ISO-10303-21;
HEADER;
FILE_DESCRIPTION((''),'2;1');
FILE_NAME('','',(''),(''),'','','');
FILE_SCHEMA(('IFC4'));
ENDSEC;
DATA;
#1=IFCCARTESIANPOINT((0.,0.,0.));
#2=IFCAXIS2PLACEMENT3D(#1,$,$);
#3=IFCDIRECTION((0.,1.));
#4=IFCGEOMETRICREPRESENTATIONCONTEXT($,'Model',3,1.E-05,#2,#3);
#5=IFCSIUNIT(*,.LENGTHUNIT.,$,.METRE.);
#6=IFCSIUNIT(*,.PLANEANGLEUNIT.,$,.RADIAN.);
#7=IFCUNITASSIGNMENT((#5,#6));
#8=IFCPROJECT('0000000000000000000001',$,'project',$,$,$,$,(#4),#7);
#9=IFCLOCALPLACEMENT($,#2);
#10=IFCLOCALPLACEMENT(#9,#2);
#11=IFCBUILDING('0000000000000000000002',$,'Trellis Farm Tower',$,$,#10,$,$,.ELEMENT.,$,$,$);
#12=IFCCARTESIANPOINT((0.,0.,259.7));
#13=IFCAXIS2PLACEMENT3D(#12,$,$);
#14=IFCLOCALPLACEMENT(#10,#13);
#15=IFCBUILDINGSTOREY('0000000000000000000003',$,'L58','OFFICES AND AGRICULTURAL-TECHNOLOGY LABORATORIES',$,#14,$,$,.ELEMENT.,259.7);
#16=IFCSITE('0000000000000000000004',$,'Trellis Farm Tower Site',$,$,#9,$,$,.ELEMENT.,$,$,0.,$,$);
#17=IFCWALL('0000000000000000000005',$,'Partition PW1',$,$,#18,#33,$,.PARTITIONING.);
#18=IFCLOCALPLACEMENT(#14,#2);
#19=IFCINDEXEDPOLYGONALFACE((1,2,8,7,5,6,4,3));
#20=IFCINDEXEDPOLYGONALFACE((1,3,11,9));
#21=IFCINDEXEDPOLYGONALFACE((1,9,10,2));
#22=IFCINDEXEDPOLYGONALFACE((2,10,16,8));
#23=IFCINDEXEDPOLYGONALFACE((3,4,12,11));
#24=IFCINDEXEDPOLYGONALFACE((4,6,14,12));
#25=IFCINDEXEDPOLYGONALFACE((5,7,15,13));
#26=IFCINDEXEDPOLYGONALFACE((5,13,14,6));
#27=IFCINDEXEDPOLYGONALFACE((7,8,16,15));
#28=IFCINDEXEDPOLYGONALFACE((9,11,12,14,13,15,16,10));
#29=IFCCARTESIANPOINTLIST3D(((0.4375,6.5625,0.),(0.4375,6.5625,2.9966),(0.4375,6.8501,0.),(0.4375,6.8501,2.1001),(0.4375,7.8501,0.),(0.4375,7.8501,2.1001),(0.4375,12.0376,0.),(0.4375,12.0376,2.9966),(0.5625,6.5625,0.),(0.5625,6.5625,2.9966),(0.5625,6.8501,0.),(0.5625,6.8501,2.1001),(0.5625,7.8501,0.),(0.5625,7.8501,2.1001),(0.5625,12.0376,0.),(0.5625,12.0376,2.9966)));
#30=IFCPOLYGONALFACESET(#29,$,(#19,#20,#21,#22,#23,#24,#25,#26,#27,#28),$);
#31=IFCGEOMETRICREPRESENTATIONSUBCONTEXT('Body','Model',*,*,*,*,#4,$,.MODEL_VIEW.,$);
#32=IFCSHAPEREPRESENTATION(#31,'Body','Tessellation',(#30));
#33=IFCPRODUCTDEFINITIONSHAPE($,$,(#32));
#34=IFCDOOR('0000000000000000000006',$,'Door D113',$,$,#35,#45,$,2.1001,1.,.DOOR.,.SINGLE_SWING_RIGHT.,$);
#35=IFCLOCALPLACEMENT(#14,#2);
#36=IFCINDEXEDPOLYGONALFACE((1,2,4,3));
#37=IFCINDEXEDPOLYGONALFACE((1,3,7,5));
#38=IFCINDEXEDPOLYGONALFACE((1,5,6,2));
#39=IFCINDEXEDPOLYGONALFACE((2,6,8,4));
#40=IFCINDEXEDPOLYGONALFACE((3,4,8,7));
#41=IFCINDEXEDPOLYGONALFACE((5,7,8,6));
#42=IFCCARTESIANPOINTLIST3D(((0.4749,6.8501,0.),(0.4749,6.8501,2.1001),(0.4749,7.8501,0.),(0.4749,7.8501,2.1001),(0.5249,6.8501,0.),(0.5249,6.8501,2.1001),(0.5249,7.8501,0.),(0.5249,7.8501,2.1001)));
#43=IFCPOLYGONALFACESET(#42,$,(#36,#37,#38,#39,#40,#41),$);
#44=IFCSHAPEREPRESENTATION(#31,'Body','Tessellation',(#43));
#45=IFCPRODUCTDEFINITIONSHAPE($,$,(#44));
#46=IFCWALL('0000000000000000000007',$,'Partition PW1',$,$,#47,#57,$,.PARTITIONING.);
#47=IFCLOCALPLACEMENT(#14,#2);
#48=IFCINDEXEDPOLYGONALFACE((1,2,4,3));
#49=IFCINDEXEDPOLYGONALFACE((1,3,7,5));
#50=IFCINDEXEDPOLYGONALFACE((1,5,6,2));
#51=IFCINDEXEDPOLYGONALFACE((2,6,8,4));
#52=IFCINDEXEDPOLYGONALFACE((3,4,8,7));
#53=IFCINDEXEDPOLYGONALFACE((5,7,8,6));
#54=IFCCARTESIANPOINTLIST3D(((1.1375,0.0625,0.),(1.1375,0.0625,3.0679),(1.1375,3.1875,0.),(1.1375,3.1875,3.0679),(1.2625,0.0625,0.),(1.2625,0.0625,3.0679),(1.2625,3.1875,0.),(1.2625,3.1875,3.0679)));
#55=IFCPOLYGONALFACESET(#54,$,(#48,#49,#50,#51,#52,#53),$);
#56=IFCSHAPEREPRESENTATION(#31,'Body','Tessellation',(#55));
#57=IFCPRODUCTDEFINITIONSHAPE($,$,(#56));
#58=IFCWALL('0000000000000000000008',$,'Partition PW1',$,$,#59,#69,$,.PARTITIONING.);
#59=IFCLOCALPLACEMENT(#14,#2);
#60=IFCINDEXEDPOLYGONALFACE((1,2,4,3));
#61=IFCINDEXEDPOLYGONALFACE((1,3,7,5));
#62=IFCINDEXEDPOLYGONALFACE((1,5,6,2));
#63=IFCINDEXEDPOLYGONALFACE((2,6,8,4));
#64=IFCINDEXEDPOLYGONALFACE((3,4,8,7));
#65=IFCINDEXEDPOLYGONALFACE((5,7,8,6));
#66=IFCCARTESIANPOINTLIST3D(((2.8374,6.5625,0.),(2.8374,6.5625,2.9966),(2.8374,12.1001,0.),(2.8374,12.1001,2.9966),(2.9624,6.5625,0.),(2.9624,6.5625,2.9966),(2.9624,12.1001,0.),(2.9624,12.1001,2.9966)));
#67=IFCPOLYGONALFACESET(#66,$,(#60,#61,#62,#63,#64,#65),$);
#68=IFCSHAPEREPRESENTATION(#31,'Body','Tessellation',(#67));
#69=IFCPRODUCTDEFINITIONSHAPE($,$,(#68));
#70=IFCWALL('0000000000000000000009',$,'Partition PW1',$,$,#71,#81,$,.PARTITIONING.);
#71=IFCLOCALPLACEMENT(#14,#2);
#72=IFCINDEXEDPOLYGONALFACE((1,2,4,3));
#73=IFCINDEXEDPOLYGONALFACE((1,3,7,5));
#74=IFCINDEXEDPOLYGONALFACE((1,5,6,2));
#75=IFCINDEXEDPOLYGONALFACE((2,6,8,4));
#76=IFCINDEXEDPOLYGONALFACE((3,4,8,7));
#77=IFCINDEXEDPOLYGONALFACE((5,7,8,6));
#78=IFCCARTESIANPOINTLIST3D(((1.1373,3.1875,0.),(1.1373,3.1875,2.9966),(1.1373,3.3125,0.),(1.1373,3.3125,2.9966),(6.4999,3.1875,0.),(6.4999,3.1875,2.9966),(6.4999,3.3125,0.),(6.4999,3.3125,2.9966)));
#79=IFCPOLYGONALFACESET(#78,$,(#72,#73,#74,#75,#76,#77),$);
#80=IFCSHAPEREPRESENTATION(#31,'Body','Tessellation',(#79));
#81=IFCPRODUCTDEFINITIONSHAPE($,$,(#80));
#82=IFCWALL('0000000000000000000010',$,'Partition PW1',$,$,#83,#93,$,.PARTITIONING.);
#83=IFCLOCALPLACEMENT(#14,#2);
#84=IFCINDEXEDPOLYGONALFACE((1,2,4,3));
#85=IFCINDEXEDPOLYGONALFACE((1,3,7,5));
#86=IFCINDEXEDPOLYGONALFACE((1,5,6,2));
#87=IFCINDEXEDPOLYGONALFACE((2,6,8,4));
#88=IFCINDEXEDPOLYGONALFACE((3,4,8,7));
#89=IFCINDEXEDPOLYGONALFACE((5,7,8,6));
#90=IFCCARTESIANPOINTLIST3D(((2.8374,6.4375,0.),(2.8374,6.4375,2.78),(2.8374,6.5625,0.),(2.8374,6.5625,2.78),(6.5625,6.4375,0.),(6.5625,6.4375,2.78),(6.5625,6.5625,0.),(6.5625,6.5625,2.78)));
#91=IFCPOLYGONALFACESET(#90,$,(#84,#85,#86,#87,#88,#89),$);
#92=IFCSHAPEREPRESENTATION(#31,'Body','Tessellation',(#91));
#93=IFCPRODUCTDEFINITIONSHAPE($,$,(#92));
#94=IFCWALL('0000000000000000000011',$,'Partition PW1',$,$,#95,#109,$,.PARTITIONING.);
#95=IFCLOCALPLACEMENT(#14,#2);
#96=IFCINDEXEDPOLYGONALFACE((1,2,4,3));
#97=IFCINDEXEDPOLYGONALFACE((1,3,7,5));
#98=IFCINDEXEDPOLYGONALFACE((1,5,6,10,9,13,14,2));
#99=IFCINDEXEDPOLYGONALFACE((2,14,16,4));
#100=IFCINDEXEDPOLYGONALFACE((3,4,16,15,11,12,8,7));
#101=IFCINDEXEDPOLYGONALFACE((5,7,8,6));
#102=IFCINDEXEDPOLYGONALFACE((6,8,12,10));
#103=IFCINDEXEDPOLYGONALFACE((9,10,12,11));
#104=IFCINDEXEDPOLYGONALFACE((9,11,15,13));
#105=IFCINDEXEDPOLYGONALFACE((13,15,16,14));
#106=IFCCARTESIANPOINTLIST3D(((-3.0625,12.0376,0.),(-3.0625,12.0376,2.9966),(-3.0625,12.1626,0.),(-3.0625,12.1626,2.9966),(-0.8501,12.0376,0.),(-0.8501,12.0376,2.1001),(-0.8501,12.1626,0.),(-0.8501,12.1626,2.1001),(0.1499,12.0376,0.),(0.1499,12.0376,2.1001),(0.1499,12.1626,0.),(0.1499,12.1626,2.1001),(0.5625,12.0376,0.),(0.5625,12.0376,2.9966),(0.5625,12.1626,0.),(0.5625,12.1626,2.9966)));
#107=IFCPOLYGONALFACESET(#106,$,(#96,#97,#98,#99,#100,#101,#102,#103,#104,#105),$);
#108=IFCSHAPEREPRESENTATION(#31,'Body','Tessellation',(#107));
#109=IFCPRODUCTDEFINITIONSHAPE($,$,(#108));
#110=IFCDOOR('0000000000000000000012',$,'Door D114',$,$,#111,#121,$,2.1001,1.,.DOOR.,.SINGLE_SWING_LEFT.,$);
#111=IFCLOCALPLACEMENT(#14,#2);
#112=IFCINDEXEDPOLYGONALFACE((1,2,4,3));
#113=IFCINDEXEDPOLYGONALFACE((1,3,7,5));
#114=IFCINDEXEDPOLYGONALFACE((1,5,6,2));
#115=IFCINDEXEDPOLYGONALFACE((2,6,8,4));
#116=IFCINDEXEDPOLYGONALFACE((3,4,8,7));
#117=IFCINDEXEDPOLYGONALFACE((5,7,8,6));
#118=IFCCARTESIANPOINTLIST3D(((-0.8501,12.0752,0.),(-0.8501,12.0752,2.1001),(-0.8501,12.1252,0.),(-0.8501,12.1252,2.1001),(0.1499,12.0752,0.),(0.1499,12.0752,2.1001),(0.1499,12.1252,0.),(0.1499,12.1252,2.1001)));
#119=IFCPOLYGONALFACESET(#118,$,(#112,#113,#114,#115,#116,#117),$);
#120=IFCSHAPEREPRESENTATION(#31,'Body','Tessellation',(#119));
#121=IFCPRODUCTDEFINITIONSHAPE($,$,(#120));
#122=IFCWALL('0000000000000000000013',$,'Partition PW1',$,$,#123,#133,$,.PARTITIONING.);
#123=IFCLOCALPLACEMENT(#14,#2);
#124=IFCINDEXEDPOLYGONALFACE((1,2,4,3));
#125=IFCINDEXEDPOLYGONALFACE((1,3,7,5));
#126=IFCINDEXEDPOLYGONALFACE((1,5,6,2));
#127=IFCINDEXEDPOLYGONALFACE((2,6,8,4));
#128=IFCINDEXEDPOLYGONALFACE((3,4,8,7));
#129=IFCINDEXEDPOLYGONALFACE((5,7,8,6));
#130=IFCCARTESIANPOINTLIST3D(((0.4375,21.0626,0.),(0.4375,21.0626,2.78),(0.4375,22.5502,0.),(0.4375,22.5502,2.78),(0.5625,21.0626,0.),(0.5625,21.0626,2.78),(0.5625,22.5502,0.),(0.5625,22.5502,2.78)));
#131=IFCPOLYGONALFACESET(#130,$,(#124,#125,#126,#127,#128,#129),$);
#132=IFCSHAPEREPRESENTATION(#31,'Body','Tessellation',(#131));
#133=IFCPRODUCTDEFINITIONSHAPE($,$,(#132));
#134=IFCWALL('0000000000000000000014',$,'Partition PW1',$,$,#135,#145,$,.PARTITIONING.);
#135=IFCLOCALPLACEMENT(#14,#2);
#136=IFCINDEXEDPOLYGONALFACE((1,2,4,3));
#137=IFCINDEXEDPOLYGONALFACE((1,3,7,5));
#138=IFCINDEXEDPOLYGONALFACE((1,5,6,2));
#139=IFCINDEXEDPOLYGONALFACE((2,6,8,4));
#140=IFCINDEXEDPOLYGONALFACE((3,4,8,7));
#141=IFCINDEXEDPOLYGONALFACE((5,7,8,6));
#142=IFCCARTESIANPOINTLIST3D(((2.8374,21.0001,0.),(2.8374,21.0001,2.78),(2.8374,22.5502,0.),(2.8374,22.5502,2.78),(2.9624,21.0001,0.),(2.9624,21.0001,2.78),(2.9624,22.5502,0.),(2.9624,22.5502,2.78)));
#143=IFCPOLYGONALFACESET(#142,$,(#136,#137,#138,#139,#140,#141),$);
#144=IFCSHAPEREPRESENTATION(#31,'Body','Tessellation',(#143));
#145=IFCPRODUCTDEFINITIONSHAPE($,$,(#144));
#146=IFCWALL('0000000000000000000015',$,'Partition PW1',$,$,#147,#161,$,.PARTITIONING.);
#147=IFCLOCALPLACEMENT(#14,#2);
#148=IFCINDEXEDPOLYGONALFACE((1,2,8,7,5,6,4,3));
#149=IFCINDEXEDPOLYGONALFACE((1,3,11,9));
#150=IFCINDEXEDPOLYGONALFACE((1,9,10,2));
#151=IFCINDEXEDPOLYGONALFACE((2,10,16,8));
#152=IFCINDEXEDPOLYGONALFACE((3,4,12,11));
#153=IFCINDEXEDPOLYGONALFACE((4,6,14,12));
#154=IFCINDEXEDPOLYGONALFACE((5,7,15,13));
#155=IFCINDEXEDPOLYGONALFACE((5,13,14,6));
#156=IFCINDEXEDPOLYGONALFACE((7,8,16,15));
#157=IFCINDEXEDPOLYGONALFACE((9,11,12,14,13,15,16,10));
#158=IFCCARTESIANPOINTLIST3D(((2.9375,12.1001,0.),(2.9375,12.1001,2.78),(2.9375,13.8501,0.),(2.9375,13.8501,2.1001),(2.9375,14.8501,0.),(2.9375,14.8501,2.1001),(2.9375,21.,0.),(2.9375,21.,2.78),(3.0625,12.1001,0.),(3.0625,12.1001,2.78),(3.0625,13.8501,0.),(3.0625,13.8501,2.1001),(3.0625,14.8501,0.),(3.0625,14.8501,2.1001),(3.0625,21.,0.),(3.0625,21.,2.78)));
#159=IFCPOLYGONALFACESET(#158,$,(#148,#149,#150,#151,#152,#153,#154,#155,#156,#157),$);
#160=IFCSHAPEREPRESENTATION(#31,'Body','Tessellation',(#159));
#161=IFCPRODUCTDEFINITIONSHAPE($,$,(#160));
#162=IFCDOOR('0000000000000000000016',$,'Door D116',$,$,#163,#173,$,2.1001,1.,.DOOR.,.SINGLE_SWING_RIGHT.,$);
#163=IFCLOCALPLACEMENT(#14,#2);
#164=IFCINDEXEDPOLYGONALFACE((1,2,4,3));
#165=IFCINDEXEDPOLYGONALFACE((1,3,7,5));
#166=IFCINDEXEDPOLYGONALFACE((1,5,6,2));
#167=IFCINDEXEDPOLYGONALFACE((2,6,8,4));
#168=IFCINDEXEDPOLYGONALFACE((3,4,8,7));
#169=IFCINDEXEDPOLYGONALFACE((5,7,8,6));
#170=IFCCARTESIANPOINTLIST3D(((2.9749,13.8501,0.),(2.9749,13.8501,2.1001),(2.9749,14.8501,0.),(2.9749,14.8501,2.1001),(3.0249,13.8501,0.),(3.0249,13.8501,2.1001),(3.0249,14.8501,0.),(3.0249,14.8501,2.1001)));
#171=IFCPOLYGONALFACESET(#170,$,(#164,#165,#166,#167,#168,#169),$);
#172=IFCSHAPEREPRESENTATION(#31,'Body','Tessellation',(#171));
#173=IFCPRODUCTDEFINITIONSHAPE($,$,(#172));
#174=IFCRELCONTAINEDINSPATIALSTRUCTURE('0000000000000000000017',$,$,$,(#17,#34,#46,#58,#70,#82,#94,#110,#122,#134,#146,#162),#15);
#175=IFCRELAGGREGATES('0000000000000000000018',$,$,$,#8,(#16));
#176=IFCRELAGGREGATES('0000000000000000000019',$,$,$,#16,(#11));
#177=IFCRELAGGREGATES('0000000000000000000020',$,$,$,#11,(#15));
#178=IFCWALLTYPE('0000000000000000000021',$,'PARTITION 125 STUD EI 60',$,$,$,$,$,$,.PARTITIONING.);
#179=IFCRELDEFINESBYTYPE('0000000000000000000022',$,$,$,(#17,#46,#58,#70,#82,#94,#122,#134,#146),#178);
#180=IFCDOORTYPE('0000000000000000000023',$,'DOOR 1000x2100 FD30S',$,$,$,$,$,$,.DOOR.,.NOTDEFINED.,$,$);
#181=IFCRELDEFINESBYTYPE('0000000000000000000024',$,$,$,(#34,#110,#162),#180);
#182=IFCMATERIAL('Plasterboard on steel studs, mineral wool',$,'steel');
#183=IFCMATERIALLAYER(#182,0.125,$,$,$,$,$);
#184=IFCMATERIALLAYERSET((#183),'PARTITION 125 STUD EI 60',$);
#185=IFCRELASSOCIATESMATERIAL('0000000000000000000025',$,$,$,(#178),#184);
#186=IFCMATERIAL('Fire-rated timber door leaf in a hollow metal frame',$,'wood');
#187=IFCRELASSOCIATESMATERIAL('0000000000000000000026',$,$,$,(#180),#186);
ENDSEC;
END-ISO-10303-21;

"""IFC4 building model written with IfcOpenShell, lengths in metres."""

from ifc_helpers import new_model, si_unit, direction, frame, frame_2d, origin, place, context, subcontext, project, spatial, rectangle, extrude, source, transform, mapped, material, layer, layer_set, type_object, element, fill, save


model = new_model("IFC4")

# Units and contexts
model_context = context("Model", 3, precision=1e-05, world=origin(), true_north=direction((0.0, 1.0)))
body_context = subcontext(model_context, "Body", "Model", "MODEL_VIEW")
ifc_project = project(units=[si_unit("LENGTHUNIT", "METRE"), si_unit("PLANEANGLEUNIT", "RADIAN")], contexts=[model_context])

# Site, building, storey
site_placement = place(None, origin())
site = spatial("IfcSite", under=ifc_project, at=site_placement, Name="Trellis Farm Tower Site", CompositionType="ELEMENT", RefElevation=0.0)
building_placement = place(site_placement, origin())
building = spatial("IfcBuilding", under=site, at=building_placement, Name="Trellis Farm Tower", CompositionType="ELEMENT")
storey_placement = place(building_placement, frame((0.0, 0.0, 259.7)))
storey = spatial("IfcBuildingStorey", under=building, at=storey_placement, Name="L58", Description="OFFICES AND AGRICULTURAL-TECHNOLOGY LABORATORIES", CompositionType="ELEMENT", Elevation=259.7)

# Wall, opening, door
ifc_material_1 = material(Name="Plasterboard on steel studs, mineral wool", Category="steel")
ifc_layer_1 = layer(ifc_material_1, 0.125)
ifc_layer_set_1 = layer_set([ifc_layer_1], Name="PARTITION 125 STUD EI 60")
wall_type_1 = type_object("IfcWallType", Name="PARTITION 125 STUD EI 60", PredefinedType="PARTITIONING", material=ifc_layer_set_1)
shared_shape_1 = source(origin(), body_context, "Body", "SweptSolid", [
    extrude(rectangle(XDim=5.4751, YDim=0.125, at=frame_2d((2.7375, 0.0))), origin(), (0.0, 0.0, 1.0), 2.9966),
])
wall_1_placement = place(storey_placement, frame((0.5, 12.0376, 0.0), z_axis=(0.0, 0.0, 1.0), x_axis=(0.0, -1.0, 0.0)))
wall_1 = element("IfcWall", 1, at=wall_1_placement, inside=storey, type_object=wall_type_1, Name="Partition PW1", PredefinedType="PARTITIONING", context=body_context, shape_type="MappedRepresentation", body=[
    mapped(shared_shape_1, transform((0.0, 0.0, 0.0))),
])
shared_shape_2 = source(origin(), body_context, "Body", "SweptSolid", [
    extrude(rectangle(XDim=1.0, YDim=2.1001, at=frame_2d((0.5, 1.05))), frame((0.0, 0.0725, 0.0), z_axis=(0.0, -1.0, 0.0), x_axis=(1.0, 0.0, 0.0)), (0.0, 0.0, 1.0), 0.145),
])
opening_1_placement = place(wall_1_placement, frame((4.1875, 0.0, 0.0)))
opening_1 = element("IfcOpeningElement", 2, at=opening_1_placement, cuts=wall_1, PredefinedType="OPENING", context=body_context, shape_type="MappedRepresentation", body=[
    mapped(shared_shape_2, transform((0.0, 0.0, 0.0))),
])
ifc_material_2 = material(Name="Fire-rated timber door leaf in a hollow metal frame", Category="wood")
door_type = type_object("IfcDoorType", Name="DOOR 1000x2100 FD30S", OperationType="NOTDEFINED", PredefinedType="DOOR", material=ifc_material_2)
shared_shape_3 = source(origin(), body_context, "Body", "SweptSolid", [
    extrude(rectangle(XDim=1.0, YDim=2.1001, at=frame_2d((0.5, 1.05))), frame((0.0, 0.0249, 0.0), z_axis=(0.0, -1.0, 0.0), x_axis=(1.0, 0.0, 0.0)), (0.0, 0.0, 1.0), 0.05),
])
door_1_placement = place(opening_1_placement, origin())
door_1 = element("IfcDoor", 3, at=door_1_placement, inside=storey, type_object=door_type, Name="Door D113", OperationType="SINGLE_SWING_RIGHT", OverallHeight=2.1001, OverallWidth=1.0, PredefinedType="DOOR", context=body_context, shape_type="MappedRepresentation", body=[
    mapped(shared_shape_3, transform((0.0, 0.0, 0.0))),
])
fill(opening_1, door_1)

# Walls
shared_shape_4 = source(origin(), body_context, "Body", "SweptSolid", [
    extrude(rectangle(XDim=3.125, YDim=0.125, at=frame_2d((1.5625, 0.0))), origin(), (0.0, 0.0, 1.0), 3.0679),
])
wall_2_placement = place(storey_placement, frame((1.2, 3.1875, 0.0), z_axis=(0.0, 0.0, 1.0), x_axis=(0.0, -1.0, 0.0)))
element("IfcWall", 4, at=wall_2_placement, inside=storey, type_object=wall_type_1, Name="Partition PW1", PredefinedType="PARTITIONING", context=body_context, shape_type="MappedRepresentation", body=[
    mapped(shared_shape_4, transform((0.0, 0.0, 0.0))),
])
shared_shape_5 = source(origin(), body_context, "Body", "SweptSolid", [
    extrude(rectangle(XDim=5.5376, YDim=0.125, at=frame_2d((2.7688, 0.0))), origin(), (0.0, 0.0, 1.0), 2.9966),
])
wall_3_placement = place(storey_placement, frame((2.8999, 12.1001, 0.0), z_axis=(0.0, 0.0, 1.0), x_axis=(0.0, -1.0, 0.0)))
element("IfcWall", 5, at=wall_3_placement, inside=storey, type_object=wall_type_1, Name="Partition PW1", PredefinedType="PARTITIONING", context=body_context, shape_type="MappedRepresentation", body=[
    mapped(shared_shape_5, transform((0.0, 0.0, 0.0))),
])
shared_shape_6 = source(origin(), body_context, "Body", "SweptSolid", [
    extrude(rectangle(XDim=5.3625, YDim=0.125, at=frame_2d((2.6812, 0.0))), origin(), (0.0, 0.0, 1.0), 2.9966),
])
wall_4_placement = place(storey_placement, frame((1.1375, 3.25, 0.0), z_axis=(0.0, 0.0, 1.0), x_axis=(1.0, 0.0, 0.0)))
element("IfcWall", 6, at=wall_4_placement, inside=storey, type_object=wall_type_1, Name="Partition PW1", PredefinedType="PARTITIONING", context=body_context, shape_type="MappedRepresentation", body=[
    mapped(shared_shape_6, transform((0.0, 0.0, 0.0))),
])
shared_shape_7 = source(origin(), body_context, "Body", "SweptSolid", [
    extrude(rectangle(XDim=3.7251, YDim=0.125, at=frame_2d((1.8625, 0.0))), origin(), (0.0, 0.0, 1.0), 2.78),
])
wall_5_placement = place(storey_placement, frame((2.8374, 6.5, 0.0), z_axis=(0.0, 0.0, 1.0), x_axis=(1.0, 0.0, 0.0)))
element("IfcWall", 7, at=wall_5_placement, inside=storey, type_object=wall_type_1, Name="Partition PW1", PredefinedType="PARTITIONING", context=body_context, shape_type="MappedRepresentation", body=[
    mapped(shared_shape_7, transform((0.0, 0.0, 0.0))),
])

# Wall, opening, door
shared_shape_8 = source(origin(), body_context, "Body", "SweptSolid", [
    extrude(rectangle(XDim=3.625, YDim=0.125, at=frame_2d((1.8125, 0.0))), origin(), (0.0, 0.0, 1.0), 2.9966),
])
wall_6_placement = place(storey_placement, frame((0.5625, 12.1001, 0.0), z_axis=(0.0, 0.0, 1.0), x_axis=(-1.0, 0.0, 0.0)))
wall_6 = element("IfcWall", 8, at=wall_6_placement, inside=storey, type_object=wall_type_1, Name="Partition PW1", PredefinedType="PARTITIONING", context=body_context, shape_type="MappedRepresentation", body=[
    mapped(shared_shape_8, transform((0.0, 0.0, 0.0))),
])
opening_2_placement = place(wall_6_placement, frame((0.4126, 0.0, 0.0)))
opening_2 = element("IfcOpeningElement", 9, at=opening_2_placement, cuts=wall_6, PredefinedType="OPENING", context=body_context, shape_type="MappedRepresentation", body=[
    mapped(shared_shape_2, transform((0.0, 0.0, 0.0))),
])
door_2_placement = place(opening_2_placement, origin())
door_2 = element("IfcDoor", 10, at=door_2_placement, inside=storey, type_object=door_type, Name="Door D114", OperationType="SINGLE_SWING_LEFT", OverallHeight=2.1001, OverallWidth=1.0, PredefinedType="DOOR", context=body_context, shape_type="MappedRepresentation", body=[
    mapped(shared_shape_3, transform((0.0, 0.0, 0.0))),
])
fill(opening_2, door_2)

# Walls
shared_shape_9 = source(origin(), body_context, "Body", "SweptSolid", [
    extrude(rectangle(XDim=1.4875, YDim=0.125, at=frame_2d((0.7437, 0.0))), origin(), (0.0, 0.0, 1.0), 2.78),
])
wall_7_placement = place(storey_placement, frame((0.5, 22.55, 0.0), z_axis=(0.0, 0.0, 1.0), x_axis=(0.0, -1.0, 0.0)))
element("IfcWall", 11, at=wall_7_placement, inside=storey, type_object=wall_type_1, Name="Partition PW1", PredefinedType="PARTITIONING", context=body_context, shape_type="MappedRepresentation", body=[
    mapped(shared_shape_9, transform((0.0, 0.0, 0.0))),
])
shared_shape_10 = source(origin(), body_context, "Body", "SweptSolid", [
    extrude(rectangle(XDim=1.55, YDim=0.125, at=frame_2d((0.7749, 0.0))), origin(), (0.0, 0.0, 1.0), 2.78),
])
wall_8_placement = place(storey_placement, frame((2.8999, 22.55, 0.0), z_axis=(0.0, 0.0, 1.0), x_axis=(0.0, -1.0, 0.0)))
element("IfcWall", 12, at=wall_8_placement, inside=storey, type_object=wall_type_1, Name="Partition PW1", PredefinedType="PARTITIONING", context=body_context, shape_type="MappedRepresentation", body=[
    mapped(shared_shape_10, transform((0.0, 0.0, 0.0))),
])

# Wall, opening, door
shared_shape_11 = source(origin(), body_context, "Body", "SweptSolid", [
    extrude(rectangle(XDim=8.8999, YDim=0.125, at=frame_2d((4.45, 0.0))), origin(), (0.0, 0.0, 1.0), 2.78),
])
wall_9_placement = place(storey_placement, frame((3.0, 21.0, 0.0), z_axis=(0.0, 0.0, 1.0), x_axis=(0.0, -1.0, 0.0)))
wall_9 = element("IfcWall", 13, at=wall_9_placement, inside=storey, type_object=wall_type_1, Name="Partition PW1", PredefinedType="PARTITIONING", context=body_context, shape_type="MappedRepresentation", body=[
    mapped(shared_shape_11, transform((0.0, 0.0, 0.0))),
])
opening_3_placement = place(wall_9_placement, frame((6.1499, 0.0, 0.0)))
opening_3 = element("IfcOpeningElement", 14, at=opening_3_placement, cuts=wall_9, PredefinedType="OPENING", context=body_context, shape_type="MappedRepresentation", body=[
    mapped(shared_shape_2, transform((0.0, 0.0, 0.0))),
])
door_3_placement = place(opening_3_placement, origin())
door_3 = element("IfcDoor", 15, at=door_3_placement, inside=storey, type_object=door_type, Name="Door D116", OperationType="SINGLE_SWING_RIGHT", OverallHeight=2.1001, OverallWidth=1.0, PredefinedType="DOOR", context=body_context, shape_type="MappedRepresentation", body=[
    mapped(shared_shape_3, transform((0.0, 0.0, 0.0))),
])
fill(opening_3, door_3)

save(model, "model.ifc")
